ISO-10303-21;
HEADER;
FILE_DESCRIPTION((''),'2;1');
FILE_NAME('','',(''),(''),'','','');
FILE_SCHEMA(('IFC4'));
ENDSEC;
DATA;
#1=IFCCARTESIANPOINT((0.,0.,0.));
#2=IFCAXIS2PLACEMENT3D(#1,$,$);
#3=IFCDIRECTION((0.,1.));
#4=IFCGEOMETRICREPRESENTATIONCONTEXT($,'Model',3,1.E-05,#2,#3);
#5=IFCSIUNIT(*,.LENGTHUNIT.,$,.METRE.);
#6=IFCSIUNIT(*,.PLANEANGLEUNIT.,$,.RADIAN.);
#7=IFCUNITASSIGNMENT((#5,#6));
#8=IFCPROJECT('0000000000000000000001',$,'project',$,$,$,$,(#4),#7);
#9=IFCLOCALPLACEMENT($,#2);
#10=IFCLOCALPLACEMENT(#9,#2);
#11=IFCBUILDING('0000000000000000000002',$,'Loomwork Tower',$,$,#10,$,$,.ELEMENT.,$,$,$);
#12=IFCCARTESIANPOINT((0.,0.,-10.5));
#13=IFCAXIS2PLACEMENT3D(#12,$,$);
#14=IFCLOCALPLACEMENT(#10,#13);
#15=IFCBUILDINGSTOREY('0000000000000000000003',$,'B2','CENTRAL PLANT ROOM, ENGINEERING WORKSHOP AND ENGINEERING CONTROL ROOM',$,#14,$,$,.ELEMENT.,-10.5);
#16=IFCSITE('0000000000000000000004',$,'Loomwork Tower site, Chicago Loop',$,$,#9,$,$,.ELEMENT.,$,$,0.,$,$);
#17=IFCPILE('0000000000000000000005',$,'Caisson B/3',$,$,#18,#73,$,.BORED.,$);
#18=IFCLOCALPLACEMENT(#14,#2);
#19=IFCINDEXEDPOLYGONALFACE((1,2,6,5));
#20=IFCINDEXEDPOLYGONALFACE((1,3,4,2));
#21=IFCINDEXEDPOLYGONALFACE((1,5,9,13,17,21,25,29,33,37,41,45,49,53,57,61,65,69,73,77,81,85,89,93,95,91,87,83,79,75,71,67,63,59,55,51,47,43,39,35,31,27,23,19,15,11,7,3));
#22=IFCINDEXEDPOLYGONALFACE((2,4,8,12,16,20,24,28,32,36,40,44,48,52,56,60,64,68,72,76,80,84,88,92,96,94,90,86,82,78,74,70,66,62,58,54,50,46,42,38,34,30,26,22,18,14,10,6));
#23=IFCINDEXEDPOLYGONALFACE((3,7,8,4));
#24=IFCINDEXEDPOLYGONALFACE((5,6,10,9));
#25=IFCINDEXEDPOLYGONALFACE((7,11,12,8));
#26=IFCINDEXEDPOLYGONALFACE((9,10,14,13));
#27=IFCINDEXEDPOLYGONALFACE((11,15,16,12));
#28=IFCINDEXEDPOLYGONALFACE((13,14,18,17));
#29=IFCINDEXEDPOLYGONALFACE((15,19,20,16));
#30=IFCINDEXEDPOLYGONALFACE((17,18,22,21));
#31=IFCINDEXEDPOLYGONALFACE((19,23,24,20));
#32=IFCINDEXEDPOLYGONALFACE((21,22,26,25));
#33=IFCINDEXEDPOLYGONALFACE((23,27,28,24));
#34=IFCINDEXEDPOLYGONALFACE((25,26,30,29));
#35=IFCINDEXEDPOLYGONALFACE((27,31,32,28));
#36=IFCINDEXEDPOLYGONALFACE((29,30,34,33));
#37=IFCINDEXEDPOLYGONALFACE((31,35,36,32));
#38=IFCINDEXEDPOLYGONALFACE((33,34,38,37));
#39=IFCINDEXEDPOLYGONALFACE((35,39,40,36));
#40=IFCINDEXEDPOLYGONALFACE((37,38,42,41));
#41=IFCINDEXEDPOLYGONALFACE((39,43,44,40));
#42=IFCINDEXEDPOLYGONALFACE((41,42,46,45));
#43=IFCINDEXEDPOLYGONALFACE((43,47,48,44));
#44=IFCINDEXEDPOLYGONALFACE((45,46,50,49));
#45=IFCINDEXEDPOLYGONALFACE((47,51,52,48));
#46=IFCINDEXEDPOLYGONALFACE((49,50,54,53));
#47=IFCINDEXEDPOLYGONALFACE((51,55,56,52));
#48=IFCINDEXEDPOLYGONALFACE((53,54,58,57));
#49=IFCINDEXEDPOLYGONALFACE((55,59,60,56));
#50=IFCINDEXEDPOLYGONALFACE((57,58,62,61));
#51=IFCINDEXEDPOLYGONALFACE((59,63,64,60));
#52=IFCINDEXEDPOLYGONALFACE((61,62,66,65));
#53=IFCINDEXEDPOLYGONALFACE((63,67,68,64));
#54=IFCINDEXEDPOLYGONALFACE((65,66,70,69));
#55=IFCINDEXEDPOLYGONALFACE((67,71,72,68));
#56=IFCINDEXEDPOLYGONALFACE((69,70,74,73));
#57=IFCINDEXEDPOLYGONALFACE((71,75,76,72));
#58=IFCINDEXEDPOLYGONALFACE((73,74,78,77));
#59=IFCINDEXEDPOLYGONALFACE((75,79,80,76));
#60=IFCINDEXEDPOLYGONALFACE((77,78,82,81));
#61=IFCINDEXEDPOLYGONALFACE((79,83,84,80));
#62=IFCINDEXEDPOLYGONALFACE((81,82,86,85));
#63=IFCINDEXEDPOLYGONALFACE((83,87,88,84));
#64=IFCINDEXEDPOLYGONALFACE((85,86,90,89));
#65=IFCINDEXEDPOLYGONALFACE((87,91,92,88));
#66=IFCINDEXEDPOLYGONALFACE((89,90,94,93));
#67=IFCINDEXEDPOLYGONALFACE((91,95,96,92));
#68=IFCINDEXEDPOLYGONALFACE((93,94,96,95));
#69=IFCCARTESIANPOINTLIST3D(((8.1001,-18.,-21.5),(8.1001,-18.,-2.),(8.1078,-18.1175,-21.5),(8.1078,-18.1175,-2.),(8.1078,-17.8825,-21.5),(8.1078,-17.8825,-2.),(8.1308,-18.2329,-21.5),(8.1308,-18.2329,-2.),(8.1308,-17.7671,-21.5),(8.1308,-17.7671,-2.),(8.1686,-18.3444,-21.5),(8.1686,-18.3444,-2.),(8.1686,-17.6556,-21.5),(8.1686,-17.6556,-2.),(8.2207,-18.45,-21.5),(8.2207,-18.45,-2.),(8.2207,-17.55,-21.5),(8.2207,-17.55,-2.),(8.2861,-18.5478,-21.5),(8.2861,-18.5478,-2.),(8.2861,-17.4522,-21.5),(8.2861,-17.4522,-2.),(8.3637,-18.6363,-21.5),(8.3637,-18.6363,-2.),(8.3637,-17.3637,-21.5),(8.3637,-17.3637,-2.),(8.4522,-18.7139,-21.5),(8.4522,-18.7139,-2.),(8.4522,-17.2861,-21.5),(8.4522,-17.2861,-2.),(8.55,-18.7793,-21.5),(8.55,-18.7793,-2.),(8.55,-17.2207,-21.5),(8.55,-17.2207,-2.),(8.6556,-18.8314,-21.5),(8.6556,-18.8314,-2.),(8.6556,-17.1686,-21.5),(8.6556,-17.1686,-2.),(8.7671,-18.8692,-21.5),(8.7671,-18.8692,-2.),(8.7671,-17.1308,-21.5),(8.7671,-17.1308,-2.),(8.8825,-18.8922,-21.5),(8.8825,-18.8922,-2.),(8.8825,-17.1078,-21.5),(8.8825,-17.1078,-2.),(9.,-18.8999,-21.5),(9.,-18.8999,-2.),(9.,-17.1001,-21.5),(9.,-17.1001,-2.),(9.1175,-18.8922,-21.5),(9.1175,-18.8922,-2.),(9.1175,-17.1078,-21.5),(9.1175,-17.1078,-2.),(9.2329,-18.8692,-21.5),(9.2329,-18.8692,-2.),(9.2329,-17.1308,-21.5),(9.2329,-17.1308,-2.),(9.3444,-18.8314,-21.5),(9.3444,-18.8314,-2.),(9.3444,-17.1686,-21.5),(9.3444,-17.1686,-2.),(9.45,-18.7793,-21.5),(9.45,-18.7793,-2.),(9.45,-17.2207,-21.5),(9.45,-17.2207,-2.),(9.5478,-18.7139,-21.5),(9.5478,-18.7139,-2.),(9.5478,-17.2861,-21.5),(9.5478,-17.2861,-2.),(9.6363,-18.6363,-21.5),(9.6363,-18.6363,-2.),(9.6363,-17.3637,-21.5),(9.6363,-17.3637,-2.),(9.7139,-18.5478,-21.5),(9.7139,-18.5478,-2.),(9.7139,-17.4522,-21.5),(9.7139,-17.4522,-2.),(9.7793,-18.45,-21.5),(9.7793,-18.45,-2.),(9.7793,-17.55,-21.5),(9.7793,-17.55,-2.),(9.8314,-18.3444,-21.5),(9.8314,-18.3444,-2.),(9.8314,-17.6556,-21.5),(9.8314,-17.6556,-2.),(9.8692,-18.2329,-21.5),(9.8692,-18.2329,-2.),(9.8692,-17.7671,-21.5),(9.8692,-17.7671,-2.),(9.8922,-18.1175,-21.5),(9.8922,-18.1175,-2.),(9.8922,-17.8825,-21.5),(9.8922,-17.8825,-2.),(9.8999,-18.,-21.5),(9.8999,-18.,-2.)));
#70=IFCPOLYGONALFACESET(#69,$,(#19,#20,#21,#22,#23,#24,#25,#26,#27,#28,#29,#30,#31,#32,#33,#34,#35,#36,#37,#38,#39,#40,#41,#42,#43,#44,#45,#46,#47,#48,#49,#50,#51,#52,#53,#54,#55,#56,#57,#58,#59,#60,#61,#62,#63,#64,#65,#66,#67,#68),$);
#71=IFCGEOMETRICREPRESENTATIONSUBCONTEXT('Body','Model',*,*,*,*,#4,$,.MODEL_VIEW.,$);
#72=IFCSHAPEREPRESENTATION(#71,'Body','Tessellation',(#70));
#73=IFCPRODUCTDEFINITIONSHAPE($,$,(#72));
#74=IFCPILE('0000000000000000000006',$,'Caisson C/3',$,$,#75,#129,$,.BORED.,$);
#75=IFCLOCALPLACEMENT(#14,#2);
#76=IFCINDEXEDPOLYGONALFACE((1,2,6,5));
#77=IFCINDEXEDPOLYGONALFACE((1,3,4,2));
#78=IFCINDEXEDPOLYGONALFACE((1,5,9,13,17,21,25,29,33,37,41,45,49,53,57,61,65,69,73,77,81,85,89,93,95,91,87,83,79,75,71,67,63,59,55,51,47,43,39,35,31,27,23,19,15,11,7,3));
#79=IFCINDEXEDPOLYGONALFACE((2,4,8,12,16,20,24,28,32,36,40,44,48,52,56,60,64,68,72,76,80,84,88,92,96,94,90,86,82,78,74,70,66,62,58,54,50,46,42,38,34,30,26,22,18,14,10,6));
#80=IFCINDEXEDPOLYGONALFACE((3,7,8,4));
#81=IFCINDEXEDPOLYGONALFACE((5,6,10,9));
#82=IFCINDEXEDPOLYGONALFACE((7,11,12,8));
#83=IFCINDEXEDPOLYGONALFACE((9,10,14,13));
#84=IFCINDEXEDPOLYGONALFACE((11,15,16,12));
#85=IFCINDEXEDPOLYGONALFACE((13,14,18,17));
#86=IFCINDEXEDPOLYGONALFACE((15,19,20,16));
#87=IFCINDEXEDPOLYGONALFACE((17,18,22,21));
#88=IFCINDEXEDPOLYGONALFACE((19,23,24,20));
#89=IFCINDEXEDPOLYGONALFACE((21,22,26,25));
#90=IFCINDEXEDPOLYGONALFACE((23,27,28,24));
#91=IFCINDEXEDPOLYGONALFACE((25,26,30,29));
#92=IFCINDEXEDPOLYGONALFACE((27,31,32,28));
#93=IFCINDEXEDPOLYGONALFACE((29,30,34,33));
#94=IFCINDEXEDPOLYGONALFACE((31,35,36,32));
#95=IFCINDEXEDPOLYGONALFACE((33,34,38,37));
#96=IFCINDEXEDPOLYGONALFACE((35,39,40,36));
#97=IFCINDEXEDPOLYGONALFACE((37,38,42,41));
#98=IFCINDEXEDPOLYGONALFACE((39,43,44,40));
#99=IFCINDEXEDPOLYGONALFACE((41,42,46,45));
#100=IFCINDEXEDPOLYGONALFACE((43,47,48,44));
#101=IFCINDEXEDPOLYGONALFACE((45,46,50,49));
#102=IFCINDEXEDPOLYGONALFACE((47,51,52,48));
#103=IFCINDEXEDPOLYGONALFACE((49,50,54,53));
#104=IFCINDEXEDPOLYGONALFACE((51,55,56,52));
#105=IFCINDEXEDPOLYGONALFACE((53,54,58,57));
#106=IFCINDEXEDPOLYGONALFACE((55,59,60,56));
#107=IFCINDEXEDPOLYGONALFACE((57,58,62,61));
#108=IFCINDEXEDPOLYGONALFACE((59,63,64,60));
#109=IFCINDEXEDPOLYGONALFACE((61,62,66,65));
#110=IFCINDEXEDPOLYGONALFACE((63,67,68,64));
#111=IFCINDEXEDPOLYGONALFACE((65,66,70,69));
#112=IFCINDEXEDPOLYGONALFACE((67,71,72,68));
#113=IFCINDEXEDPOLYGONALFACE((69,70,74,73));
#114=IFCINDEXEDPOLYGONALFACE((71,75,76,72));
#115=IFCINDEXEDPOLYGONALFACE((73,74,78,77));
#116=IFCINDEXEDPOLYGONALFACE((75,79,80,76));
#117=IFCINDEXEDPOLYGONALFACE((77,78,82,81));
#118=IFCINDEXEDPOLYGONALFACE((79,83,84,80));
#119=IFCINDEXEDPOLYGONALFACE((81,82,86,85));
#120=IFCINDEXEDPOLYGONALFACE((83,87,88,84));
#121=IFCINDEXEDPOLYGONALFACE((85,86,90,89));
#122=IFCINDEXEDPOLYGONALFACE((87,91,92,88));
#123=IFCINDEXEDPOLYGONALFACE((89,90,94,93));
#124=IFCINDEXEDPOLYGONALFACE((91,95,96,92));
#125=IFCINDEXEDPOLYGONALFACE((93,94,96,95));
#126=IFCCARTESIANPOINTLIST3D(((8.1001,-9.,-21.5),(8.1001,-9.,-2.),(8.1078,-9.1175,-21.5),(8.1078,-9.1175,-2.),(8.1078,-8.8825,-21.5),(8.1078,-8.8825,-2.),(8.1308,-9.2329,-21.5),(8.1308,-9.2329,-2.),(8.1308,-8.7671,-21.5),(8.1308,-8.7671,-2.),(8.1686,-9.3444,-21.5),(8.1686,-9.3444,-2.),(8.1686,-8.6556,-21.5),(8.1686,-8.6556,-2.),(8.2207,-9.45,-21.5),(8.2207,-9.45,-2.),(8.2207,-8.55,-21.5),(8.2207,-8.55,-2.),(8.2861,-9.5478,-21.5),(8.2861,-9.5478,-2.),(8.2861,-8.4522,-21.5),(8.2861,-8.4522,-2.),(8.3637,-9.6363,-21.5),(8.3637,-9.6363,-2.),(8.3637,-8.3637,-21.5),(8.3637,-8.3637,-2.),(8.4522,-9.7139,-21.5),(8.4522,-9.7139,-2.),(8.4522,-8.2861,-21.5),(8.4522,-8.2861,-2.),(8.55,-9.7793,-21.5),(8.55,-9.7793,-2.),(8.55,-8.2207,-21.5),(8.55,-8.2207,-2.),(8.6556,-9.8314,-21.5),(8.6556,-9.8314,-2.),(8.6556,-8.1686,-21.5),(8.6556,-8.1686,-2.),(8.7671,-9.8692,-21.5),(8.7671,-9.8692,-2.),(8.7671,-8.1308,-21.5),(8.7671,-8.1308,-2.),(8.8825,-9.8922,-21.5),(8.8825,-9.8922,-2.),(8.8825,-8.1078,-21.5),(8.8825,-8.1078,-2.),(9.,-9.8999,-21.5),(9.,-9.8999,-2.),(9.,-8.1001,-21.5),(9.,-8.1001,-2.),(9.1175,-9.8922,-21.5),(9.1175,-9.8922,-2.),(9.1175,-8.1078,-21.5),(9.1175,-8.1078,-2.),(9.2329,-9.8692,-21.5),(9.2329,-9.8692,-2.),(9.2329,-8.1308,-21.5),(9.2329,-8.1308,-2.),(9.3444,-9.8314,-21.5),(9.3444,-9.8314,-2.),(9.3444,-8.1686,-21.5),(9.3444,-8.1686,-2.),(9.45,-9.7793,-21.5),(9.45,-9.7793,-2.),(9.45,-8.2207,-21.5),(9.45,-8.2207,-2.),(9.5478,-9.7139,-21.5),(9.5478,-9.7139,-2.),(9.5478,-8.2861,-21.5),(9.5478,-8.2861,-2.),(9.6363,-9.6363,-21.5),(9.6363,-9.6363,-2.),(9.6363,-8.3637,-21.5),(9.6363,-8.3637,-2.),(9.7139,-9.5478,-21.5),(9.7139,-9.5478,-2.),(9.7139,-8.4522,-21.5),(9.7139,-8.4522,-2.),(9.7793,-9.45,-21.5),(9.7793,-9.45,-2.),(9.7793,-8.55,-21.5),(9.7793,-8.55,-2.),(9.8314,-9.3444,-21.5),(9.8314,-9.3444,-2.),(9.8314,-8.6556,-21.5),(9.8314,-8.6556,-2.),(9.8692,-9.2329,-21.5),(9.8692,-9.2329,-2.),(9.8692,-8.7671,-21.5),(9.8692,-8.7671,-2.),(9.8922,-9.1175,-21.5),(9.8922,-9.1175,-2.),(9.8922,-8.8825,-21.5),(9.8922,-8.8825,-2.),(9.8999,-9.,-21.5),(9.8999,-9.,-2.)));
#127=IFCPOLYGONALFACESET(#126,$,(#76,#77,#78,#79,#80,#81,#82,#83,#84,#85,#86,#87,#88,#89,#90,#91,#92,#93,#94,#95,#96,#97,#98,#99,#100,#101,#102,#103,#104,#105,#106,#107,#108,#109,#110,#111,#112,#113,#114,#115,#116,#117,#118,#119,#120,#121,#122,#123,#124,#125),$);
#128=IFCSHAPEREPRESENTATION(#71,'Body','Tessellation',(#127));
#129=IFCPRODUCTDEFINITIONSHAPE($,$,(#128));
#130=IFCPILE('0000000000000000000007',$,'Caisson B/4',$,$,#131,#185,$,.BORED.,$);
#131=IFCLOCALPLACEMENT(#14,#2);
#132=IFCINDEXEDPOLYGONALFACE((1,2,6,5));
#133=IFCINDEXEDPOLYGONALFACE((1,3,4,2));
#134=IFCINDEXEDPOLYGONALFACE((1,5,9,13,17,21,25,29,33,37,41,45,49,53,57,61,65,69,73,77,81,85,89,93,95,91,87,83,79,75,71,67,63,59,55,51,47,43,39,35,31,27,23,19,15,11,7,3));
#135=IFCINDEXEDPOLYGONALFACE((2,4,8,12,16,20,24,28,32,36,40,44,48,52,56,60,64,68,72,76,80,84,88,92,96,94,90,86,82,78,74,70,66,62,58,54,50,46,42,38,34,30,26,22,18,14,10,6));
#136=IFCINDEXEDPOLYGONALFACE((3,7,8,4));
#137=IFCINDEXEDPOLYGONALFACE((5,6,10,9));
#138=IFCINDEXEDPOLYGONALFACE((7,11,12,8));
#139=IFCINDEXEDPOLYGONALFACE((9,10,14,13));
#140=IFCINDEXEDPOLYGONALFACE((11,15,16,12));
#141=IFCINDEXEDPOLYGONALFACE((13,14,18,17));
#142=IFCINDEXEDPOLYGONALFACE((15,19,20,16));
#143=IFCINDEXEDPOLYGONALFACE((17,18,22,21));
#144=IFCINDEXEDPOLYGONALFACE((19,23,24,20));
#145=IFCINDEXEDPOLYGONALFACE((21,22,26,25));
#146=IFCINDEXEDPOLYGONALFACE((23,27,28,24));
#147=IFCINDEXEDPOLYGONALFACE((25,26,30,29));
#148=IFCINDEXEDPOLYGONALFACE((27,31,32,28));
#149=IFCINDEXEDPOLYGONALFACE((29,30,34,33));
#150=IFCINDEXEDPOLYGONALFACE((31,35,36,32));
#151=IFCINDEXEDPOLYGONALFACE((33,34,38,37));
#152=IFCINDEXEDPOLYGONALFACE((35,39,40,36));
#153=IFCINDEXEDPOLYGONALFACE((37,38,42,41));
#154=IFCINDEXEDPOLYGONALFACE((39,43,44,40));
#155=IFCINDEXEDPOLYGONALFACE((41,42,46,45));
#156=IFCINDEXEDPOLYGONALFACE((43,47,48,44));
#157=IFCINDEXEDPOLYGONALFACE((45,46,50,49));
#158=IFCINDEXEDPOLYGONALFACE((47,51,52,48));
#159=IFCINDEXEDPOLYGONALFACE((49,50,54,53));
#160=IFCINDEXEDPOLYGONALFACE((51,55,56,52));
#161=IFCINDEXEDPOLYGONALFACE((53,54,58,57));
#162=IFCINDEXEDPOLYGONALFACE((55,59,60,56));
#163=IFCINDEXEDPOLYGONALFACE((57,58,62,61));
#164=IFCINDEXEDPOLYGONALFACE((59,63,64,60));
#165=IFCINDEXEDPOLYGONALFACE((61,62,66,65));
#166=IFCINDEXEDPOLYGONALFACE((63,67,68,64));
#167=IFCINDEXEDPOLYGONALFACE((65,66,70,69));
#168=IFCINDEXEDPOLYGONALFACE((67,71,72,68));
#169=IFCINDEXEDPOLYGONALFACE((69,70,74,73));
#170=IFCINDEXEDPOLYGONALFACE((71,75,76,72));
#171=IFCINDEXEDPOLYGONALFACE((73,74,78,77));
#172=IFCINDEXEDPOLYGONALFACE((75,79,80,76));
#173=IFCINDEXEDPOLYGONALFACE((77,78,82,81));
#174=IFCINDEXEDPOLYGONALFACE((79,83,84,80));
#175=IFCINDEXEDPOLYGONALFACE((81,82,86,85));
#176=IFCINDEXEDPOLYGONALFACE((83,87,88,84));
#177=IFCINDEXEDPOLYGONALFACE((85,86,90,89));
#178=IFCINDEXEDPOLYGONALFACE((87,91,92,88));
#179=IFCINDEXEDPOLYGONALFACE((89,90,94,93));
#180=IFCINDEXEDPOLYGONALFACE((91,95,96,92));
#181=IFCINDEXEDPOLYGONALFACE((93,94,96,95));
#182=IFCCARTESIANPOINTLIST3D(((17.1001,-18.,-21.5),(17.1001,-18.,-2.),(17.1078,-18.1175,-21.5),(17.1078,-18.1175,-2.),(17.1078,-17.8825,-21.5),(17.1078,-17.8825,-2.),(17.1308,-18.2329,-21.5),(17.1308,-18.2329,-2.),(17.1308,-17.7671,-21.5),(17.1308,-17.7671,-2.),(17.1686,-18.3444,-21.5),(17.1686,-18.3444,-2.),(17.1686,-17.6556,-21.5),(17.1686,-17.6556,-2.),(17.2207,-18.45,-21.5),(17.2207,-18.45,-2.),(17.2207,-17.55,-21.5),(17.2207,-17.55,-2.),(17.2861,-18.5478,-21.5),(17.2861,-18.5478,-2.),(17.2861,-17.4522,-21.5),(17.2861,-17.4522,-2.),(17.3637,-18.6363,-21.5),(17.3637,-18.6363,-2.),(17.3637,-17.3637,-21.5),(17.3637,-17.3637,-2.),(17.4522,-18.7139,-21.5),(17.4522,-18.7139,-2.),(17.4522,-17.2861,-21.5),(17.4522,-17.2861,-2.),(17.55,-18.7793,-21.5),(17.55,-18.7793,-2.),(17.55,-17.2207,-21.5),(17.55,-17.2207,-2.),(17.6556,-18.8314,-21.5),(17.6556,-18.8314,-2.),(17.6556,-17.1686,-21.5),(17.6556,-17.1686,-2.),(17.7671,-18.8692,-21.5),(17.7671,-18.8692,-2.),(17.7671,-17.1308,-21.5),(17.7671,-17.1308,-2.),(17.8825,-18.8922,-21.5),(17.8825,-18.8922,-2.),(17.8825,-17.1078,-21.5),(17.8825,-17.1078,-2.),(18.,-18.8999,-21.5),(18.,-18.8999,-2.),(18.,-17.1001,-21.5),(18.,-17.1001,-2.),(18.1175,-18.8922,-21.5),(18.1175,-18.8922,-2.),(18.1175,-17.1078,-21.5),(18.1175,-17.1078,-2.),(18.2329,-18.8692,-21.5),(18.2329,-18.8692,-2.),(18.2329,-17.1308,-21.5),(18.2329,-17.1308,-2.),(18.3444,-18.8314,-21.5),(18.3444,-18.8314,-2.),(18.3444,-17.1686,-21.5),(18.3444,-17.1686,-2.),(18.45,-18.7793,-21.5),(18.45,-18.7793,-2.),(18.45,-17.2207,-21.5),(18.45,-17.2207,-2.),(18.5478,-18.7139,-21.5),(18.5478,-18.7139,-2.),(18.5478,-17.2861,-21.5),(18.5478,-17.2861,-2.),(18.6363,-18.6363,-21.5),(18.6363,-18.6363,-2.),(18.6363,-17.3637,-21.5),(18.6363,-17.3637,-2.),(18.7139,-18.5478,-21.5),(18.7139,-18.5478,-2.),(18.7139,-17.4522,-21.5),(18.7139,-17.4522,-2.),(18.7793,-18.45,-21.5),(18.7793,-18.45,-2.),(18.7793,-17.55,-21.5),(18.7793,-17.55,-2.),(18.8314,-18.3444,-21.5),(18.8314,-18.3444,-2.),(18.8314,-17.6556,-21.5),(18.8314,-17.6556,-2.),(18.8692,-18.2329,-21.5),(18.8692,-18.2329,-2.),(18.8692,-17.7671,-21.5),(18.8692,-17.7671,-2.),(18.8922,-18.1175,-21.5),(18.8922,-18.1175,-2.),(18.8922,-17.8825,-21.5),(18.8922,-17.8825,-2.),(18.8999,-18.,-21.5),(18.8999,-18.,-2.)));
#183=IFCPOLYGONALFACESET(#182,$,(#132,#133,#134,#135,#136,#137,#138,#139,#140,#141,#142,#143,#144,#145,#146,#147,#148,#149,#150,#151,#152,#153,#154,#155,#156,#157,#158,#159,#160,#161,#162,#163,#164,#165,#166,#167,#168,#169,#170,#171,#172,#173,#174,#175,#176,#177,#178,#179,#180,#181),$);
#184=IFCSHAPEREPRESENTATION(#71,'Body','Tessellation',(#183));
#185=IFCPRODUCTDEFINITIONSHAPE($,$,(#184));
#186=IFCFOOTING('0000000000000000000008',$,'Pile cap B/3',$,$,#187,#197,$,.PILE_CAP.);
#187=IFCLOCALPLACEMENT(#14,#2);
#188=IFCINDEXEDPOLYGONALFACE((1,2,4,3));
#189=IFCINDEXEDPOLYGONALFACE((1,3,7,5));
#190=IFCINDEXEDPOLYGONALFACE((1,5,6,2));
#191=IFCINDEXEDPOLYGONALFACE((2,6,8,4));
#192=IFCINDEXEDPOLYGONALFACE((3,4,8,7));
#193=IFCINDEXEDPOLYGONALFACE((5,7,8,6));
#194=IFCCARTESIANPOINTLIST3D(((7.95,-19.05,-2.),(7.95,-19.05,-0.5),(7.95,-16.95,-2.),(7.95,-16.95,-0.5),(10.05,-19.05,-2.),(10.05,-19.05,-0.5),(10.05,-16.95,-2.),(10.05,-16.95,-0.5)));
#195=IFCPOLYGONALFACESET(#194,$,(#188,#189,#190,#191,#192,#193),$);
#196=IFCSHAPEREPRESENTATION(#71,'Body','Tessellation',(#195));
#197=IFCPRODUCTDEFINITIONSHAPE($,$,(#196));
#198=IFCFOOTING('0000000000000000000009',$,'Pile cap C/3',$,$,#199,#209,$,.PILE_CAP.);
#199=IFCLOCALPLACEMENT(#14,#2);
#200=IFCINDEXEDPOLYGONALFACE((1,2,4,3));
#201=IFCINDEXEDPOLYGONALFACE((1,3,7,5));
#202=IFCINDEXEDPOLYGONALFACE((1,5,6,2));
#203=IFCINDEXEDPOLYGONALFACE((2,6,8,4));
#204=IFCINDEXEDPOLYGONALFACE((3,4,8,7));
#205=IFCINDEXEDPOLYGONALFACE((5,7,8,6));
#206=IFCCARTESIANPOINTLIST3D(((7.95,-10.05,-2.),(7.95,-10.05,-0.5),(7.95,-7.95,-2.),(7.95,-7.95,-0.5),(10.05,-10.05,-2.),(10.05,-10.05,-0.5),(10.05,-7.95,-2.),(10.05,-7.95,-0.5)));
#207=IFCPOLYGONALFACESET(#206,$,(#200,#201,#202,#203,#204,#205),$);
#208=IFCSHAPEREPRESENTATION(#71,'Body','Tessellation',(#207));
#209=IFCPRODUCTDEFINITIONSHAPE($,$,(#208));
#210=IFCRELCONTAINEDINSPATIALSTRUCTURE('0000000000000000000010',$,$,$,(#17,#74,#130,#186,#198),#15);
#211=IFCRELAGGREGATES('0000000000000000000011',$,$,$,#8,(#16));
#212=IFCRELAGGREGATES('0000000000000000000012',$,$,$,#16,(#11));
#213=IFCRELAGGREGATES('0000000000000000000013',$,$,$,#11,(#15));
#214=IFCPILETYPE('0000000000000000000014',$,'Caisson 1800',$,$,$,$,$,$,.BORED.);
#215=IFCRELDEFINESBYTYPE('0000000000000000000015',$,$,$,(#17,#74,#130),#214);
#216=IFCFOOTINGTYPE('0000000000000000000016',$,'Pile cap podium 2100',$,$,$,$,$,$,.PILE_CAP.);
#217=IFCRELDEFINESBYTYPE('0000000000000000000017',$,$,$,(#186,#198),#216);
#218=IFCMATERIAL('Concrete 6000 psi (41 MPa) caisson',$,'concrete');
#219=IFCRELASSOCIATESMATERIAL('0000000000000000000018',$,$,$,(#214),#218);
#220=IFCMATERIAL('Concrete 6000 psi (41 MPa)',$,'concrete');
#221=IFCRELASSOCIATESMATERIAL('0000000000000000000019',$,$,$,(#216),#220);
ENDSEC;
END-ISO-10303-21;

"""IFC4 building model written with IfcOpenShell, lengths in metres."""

from ifc_helpers import new_model, si_unit, direction, frame, origin, origin_2d, place, context, subcontext, project, spatial, rectangle, circle, extrude, material, material_profile, profile_set, type_object, element, save


model = new_model("IFC4")

# Units and contexts
model_context = context("Model", 3, precision=1e-05, world=origin(), true_north=direction((0.0, 1.0)))
body_context = subcontext(model_context, "Body", "Model", "MODEL_VIEW")
ifc_project = project(units=[si_unit("LENGTHUNIT", "METRE"), si_unit("PLANEANGLEUNIT", "RADIAN")], contexts=[model_context])

# Site, building, storey
site_placement = place(None, origin())
site = spatial("IfcSite", under=ifc_project, at=site_placement, Name="Loomwork Tower site, Chicago Loop", CompositionType="ELEMENT", RefElevation=0.0)
building_placement = place(site_placement, origin())
building = spatial("IfcBuilding", under=site, at=building_placement, Name="Loomwork Tower", CompositionType="ELEMENT")
storey_placement = place(building_placement, frame((0.0, 0.0, -10.5)))
storey = spatial("IfcBuildingStorey", under=building, at=storey_placement, Name="B2", Description="CENTRAL PLANT ROOM, ENGINEERING WORKSHOP AND ENGINEERING CONTROL ROOM", CompositionType="ELEMENT", Elevation=-10.5)

# Piles
ifc_material_1 = material(Name="Concrete 6000 psi (41 MPa) caisson", Category="concrete")
ifc_material_profile_1 = material_profile(ifc_material_1, circle(Radius=0.8999, at=origin_2d()), Name="D1800")
ifc_profile_set_1 = profile_set([ifc_material_profile_1], Name="Concrete 6000 psi (41 MPa) caisson")
pile_type = type_object("IfcPileType", Name="Caisson 1800", PredefinedType="BORED", material=ifc_profile_set_1)
for number, where, z_axis, x_axis, name in (
    (1, (9.0, -18.0, -2.0), (0.0, 0.0, -1.0), (1.0, 0.0, 0.0), "Caisson B/3"),
    (2, (9.0, -9.0, -2.0), (0.0, 0.0, -1.0), (1.0, 0.0, 0.0), "Caisson C/3"),
    (3, (18.0, -18.0, -2.0), (0.0, 0.0, -1.0), (1.0, 0.0, 0.0), "Caisson B/4"),
):
    element("IfcPile", number, at=place(storey_placement, frame(where, z_axis=z_axis, x_axis=x_axis)), inside=storey, type_object=pile_type, Name=name, PredefinedType="BORED", context=body_context, shape_type="SweptSolid", body=[
        extrude(circle(Radius=0.8999, at=origin_2d()), origin(), (0.0, 0.0, 1.0), 19.5),
    ])

# Footings
ifc_material_2 = material(Name="Concrete 6000 psi (41 MPa)", Category="concrete")
footing_type = type_object("IfcFootingType", Name="Pile cap podium 2100", PredefinedType="PILE_CAP", material=ifc_material_2)
for number, where, z_axis, x_axis, name in (
    (4, (9.0, -18.0, -2.0), (0.0, 0.0, 1.0), (1.0, 0.0, 0.0), "Pile cap B/3"),
    (5, (9.0, -9.0, -2.0), (0.0, 0.0, 1.0), (1.0, 0.0, 0.0), "Pile cap C/3"),
):
    element("IfcFooting", number, at=place(storey_placement, frame(where, z_axis=z_axis, x_axis=x_axis)), inside=storey, type_object=footing_type, Name=name, PredefinedType="PILE_CAP", context=body_context, shape_type="SweptSolid", body=[
        extrude(rectangle(XDim=2.1001, YDim=2.1001, at=origin_2d()), origin(), (0.0, 0.0, 1.0), 1.5),
    ])

save(model, "model.ifc")
